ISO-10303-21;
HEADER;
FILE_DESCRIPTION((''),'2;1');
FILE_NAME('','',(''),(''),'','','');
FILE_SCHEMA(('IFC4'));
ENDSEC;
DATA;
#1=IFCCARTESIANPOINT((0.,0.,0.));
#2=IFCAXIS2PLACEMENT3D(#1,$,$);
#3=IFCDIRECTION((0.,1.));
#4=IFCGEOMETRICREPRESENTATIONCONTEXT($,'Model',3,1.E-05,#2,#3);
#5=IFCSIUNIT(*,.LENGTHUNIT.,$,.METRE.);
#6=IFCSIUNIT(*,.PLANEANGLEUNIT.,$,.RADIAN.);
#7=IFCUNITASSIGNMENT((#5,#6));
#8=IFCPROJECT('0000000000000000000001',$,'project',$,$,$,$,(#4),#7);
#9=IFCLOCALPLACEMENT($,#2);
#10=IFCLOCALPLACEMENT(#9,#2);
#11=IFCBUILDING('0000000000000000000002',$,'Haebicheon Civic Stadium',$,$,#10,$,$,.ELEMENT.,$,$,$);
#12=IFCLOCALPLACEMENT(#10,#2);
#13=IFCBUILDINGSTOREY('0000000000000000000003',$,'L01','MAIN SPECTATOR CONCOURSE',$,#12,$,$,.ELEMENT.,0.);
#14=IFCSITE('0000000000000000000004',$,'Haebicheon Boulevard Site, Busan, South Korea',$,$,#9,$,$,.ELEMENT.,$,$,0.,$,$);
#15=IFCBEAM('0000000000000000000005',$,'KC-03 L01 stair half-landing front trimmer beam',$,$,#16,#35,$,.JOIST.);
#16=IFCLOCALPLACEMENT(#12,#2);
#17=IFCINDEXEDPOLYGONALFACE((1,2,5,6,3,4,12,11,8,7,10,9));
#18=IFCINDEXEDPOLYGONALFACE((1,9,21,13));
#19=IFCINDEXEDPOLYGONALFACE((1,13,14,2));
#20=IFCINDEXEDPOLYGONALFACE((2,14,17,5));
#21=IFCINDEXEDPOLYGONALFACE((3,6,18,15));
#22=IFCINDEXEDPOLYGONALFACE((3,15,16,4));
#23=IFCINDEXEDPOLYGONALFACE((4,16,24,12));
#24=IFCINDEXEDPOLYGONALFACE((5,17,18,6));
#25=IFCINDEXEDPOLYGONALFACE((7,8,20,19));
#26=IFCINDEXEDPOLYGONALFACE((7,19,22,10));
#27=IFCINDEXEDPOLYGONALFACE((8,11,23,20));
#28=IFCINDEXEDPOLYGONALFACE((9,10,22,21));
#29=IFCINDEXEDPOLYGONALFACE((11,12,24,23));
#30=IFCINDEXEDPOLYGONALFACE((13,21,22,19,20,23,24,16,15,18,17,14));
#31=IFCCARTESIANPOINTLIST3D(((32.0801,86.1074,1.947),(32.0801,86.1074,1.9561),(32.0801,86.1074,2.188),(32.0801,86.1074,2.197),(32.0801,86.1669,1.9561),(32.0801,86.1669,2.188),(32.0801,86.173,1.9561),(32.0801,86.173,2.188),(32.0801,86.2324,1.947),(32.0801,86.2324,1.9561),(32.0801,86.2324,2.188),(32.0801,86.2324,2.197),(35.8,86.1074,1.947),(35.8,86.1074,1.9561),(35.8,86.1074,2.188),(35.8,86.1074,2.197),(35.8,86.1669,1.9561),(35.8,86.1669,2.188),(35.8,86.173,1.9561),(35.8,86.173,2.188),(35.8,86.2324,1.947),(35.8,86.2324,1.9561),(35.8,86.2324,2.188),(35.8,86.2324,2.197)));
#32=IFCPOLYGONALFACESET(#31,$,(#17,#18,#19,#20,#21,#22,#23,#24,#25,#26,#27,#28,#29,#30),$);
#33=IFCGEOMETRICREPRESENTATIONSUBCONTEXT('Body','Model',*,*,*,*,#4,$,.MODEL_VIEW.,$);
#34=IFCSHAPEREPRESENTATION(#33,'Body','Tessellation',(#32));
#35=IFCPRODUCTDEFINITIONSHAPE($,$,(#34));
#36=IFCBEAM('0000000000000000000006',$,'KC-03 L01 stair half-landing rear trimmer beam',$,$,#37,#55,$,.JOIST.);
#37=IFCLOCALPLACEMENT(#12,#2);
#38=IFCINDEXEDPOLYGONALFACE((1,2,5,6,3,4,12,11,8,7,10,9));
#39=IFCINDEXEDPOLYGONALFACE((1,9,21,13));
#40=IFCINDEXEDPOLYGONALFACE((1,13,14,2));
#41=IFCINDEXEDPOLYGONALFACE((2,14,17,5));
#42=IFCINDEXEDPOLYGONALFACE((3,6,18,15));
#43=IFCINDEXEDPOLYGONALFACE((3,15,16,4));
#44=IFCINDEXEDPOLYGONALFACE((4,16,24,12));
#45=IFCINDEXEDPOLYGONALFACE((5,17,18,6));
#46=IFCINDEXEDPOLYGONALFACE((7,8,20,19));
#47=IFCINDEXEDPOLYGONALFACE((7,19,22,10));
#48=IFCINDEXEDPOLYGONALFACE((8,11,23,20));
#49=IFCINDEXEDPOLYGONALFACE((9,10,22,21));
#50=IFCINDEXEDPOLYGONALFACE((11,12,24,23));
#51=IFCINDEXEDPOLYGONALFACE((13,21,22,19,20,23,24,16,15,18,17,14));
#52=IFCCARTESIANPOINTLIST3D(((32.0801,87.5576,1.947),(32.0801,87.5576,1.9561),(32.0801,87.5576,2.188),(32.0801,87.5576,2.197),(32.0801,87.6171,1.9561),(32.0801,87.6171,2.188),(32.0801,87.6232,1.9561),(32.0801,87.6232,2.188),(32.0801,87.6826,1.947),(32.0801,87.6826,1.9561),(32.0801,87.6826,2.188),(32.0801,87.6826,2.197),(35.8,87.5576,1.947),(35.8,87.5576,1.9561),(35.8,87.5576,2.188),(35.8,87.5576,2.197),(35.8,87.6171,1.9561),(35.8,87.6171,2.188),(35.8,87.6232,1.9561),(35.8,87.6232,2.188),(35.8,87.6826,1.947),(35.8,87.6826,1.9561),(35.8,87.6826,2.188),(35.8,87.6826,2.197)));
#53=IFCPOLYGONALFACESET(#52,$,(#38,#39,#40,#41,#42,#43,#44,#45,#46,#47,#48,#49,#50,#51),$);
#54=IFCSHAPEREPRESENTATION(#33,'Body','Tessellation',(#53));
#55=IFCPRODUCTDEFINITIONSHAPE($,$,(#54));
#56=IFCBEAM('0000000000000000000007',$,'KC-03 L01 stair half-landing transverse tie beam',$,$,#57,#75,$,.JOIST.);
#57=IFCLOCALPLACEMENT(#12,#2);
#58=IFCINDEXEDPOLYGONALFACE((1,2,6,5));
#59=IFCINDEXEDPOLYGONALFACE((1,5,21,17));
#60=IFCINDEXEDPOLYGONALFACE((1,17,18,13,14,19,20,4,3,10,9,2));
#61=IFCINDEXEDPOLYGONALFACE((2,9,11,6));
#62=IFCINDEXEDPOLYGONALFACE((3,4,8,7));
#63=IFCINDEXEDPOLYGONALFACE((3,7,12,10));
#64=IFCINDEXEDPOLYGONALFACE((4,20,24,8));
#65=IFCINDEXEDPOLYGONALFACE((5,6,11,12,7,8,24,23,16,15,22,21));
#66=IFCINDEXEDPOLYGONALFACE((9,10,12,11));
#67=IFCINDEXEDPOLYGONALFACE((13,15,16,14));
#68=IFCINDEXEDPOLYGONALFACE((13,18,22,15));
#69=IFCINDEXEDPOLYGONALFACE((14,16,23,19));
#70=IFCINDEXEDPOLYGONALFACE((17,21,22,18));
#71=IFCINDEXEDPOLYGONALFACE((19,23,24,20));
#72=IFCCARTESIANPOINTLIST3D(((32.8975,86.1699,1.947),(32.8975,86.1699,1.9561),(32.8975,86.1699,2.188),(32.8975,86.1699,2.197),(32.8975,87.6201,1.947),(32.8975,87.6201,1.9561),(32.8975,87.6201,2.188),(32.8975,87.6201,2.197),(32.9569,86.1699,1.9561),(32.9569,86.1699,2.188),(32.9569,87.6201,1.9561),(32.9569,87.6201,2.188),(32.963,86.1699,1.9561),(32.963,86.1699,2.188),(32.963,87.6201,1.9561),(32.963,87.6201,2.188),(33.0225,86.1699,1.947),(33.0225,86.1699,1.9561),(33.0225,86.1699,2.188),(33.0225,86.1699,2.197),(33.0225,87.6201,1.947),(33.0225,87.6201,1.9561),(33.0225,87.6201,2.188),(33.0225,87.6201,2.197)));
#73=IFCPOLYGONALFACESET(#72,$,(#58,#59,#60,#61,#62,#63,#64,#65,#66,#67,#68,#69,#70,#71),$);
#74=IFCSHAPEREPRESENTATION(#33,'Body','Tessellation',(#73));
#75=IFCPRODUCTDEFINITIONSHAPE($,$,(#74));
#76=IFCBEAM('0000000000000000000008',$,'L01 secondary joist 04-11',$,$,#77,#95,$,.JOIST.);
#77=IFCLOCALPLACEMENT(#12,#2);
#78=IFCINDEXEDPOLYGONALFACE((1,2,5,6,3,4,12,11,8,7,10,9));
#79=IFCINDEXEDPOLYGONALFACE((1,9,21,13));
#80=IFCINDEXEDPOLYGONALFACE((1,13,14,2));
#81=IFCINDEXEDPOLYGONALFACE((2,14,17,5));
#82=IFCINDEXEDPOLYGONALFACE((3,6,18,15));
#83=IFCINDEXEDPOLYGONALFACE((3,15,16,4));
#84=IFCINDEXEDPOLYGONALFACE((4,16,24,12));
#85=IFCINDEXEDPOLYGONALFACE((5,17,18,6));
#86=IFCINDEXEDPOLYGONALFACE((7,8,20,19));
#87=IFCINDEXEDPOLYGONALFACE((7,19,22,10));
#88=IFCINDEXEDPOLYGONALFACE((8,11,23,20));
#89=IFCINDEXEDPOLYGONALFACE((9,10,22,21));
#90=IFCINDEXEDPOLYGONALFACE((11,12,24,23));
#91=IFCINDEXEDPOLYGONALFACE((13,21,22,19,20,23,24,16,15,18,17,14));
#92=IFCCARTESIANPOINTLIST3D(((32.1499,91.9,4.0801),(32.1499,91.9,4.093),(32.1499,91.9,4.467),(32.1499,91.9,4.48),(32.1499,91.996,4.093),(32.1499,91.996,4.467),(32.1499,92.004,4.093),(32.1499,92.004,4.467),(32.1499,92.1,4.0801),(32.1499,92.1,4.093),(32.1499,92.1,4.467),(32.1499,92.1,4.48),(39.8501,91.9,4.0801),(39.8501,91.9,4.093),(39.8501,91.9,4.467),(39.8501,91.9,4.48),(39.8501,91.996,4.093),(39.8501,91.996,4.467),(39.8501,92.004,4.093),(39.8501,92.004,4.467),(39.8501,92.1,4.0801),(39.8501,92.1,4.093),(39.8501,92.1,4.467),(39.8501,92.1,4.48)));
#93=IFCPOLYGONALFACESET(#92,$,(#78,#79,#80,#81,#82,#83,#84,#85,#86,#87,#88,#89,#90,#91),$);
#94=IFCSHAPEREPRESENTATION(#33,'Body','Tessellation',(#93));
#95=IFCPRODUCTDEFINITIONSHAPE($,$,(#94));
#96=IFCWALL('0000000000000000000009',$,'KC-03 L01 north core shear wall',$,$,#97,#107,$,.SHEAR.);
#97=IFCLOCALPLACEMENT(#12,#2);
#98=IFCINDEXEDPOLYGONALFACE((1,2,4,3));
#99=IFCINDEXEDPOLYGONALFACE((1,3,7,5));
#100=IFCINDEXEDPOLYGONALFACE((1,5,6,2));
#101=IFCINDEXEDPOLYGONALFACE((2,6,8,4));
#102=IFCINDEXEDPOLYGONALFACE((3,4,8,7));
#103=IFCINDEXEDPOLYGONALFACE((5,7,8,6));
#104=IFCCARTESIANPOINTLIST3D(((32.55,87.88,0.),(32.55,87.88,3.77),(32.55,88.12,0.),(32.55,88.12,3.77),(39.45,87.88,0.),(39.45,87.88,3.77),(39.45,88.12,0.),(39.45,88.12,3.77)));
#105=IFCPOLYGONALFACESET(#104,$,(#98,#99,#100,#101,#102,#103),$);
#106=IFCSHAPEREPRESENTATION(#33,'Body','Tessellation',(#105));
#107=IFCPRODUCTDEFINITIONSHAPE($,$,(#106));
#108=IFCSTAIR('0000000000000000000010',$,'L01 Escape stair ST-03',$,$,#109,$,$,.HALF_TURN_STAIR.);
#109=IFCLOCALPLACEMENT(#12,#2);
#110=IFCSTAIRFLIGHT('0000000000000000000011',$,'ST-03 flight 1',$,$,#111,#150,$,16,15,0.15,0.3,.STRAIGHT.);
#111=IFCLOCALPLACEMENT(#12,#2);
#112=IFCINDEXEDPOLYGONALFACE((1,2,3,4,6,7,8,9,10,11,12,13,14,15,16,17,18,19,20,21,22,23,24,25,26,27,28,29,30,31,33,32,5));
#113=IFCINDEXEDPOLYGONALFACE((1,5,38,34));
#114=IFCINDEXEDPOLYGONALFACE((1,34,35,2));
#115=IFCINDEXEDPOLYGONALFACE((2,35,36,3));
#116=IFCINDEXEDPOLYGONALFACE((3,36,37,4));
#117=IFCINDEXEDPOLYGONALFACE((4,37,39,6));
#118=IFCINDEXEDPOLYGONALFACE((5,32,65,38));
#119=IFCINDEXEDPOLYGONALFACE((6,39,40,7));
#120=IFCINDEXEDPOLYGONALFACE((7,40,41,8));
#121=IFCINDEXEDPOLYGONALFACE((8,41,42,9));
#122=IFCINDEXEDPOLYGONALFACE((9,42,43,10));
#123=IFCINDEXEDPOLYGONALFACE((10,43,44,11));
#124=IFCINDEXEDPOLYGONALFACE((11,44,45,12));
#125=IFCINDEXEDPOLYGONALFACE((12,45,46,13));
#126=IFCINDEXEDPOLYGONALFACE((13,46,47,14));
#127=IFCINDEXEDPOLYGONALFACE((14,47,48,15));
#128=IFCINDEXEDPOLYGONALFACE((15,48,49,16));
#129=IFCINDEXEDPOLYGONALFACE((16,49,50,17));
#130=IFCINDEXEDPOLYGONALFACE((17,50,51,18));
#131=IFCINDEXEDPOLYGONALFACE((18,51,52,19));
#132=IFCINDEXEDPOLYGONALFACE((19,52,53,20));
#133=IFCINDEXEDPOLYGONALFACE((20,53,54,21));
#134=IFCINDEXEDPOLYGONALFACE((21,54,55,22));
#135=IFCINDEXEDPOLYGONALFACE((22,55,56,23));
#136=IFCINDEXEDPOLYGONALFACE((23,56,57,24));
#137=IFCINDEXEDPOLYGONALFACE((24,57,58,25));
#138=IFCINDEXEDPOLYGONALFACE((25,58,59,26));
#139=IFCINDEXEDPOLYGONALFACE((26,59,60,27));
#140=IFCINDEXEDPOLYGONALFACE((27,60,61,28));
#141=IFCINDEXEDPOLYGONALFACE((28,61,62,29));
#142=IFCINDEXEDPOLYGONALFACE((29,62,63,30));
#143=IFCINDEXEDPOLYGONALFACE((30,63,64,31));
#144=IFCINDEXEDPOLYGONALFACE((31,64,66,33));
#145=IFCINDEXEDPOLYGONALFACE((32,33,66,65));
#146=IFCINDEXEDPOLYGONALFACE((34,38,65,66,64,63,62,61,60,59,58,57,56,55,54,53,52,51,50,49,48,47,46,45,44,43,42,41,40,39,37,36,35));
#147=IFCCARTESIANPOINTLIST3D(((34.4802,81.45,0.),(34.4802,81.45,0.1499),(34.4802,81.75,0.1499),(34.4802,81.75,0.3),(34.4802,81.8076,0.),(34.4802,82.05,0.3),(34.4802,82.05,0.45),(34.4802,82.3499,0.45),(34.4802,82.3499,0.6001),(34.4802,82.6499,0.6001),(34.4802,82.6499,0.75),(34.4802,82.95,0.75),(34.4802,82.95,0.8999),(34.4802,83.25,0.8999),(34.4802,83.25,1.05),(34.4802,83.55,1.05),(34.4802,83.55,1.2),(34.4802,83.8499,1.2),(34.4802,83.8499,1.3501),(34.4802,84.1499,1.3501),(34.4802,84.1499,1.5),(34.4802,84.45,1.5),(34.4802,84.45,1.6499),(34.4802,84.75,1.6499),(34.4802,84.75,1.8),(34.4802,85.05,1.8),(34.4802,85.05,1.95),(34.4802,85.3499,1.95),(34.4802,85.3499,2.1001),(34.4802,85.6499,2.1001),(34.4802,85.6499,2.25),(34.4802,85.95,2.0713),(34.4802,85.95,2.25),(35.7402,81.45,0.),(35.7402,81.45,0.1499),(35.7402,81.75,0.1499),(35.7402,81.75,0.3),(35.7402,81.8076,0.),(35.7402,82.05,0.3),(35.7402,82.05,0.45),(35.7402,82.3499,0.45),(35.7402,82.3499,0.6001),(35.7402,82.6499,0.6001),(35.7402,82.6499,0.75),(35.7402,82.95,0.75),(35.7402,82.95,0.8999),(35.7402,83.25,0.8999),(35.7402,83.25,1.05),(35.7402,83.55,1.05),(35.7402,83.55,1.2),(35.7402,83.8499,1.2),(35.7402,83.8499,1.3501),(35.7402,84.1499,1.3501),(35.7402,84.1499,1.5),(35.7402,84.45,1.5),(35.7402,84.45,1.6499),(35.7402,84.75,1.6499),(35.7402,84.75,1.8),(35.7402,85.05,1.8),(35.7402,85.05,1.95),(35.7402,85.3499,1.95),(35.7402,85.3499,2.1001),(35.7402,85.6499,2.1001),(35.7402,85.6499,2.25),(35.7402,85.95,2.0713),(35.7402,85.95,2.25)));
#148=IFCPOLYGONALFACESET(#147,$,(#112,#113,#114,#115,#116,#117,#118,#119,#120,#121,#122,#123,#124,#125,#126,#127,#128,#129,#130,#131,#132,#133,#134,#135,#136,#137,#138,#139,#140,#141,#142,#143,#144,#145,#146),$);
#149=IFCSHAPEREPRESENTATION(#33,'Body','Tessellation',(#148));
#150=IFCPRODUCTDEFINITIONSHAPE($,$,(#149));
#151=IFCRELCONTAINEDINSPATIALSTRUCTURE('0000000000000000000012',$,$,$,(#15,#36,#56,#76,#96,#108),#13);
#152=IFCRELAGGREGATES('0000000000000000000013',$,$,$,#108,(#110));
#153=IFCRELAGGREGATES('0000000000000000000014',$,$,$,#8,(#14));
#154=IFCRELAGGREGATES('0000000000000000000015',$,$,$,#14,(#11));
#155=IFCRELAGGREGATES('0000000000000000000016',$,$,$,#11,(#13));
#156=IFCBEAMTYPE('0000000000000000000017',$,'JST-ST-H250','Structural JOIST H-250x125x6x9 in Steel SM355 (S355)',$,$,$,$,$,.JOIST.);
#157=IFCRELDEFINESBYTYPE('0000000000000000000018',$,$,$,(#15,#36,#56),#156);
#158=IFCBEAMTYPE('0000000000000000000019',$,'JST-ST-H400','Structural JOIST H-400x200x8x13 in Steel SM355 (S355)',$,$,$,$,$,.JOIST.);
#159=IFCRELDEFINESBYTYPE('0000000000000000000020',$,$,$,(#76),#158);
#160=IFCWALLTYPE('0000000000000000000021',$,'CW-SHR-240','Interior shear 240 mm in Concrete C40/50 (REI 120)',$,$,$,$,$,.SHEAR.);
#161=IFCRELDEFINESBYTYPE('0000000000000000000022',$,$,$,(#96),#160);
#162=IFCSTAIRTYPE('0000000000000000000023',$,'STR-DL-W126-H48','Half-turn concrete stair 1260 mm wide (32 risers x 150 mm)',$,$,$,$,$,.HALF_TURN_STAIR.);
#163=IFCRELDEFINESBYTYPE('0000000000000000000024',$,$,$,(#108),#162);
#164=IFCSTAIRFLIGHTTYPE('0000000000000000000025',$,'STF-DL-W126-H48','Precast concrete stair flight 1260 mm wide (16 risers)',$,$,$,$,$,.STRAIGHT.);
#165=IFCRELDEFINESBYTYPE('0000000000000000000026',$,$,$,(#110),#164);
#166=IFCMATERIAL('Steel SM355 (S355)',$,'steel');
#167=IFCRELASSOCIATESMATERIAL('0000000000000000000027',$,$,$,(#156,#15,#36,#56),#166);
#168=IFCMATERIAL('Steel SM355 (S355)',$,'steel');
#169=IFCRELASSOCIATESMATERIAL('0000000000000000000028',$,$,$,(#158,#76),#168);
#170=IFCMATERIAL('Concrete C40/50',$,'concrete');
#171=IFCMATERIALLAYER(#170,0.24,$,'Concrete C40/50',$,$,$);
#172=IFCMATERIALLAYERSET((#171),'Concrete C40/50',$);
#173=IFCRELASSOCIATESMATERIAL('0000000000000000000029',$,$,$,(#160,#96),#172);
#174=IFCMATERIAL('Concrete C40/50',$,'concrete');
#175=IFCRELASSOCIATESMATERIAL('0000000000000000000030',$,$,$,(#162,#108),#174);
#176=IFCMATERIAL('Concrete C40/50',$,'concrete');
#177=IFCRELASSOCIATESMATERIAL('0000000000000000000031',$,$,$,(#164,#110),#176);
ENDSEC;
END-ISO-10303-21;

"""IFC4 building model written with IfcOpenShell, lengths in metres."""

from ifc_helpers import new_model, si_unit, direction, frame, frame_2d, origin, origin_2d, place, context, subcontext, project, spatial, polyline, rectangle, i_section, outline, extrude, material, layer, layer_set, material_profile, profile_set, type_object, element, aggregate, save


model = new_model("IFC4")

# Units and contexts
model_context = context("Model", 3, precision=1e-05, world=origin(), true_north=direction((0.0, 1.0)))
body_context = subcontext(model_context, "Body", "Model", "MODEL_VIEW")
ifc_project = project(units=[si_unit("LENGTHUNIT", "METRE"), si_unit("PLANEANGLEUNIT", "RADIAN")], contexts=[model_context])

# Site, building, storey
site_placement = place(None, origin())
site = spatial("IfcSite", under=ifc_project, at=site_placement, Name="Haebicheon Boulevard Site, Busan, South Korea", CompositionType="ELEMENT", RefElevation=0.0)
building_placement = place(site_placement, origin())
building = spatial("IfcBuilding", under=site, at=building_placement, Name="Haebicheon Civic Stadium", CompositionType="ELEMENT")
storey_placement = place(building_placement, origin())
storey = spatial("IfcBuildingStorey", under=building, at=storey_placement, Name="L01", Description="MAIN SPECTATOR CONCOURSE", CompositionType="ELEMENT", Elevation=0.0)

# Beams
ifc_material_1 = material(Name="Steel SM355 (S355)", Category="steel")
ifc_material_profile_1 = material_profile(ifc_material_1, i_section(OverallWidth=0.125, OverallDepth=0.25, WebThickness=0.0061, FlangeThickness=0.009, at=origin_2d()), Name="H-250x125x6x9")
ifc_profile_set_1 = profile_set([ifc_material_profile_1], Name="Steel SM355 (S355)")
beam_type_1 = type_object("IfcBeamType", Name="JST-ST-H250", Description="Structural JOIST H-250x125x6x9 in Steel SM355 (S355)", PredefinedType="JOIST", material=ifc_profile_set_1)
for number, where, z_axis, x_axis, name in (
    (1, (32.0801, 86.1699, 2.072), (1.0, 0.0, 0.0), (0.0, 1.0, 0.0), "KC-03 L01 stair half-landing front trimmer beam"),
    (2, (32.0801, 87.6201, 2.072), (1.0, 0.0, 0.0), (0.0, 1.0, 0.0), "KC-03 L01 stair half-landing rear trimmer beam"),
):
    element("IfcBeam", number, at=place(storey_placement, frame(where, z_axis=z_axis, x_axis=x_axis)), inside=storey, type_object=beam_type_1, material=ifc_profile_set_1, Name=name, PredefinedType="JOIST", context=body_context, shape_type="SweptSolid", body=[
        extrude(i_section(OverallWidth=0.125, OverallDepth=0.25, WebThickness=0.0061, FlangeThickness=0.009, at=origin_2d()), origin(), (0.0, 0.0, 1.0), 3.72),
    ])
beam_1_placement = place(storey_placement, frame((32.96, 86.1699, 2.072), z_axis=(0.0, 1.0, 0.0), x_axis=(-1.0, 0.0, 0.0)))
element("IfcBeam", 3, at=beam_1_placement, inside=storey, type_object=beam_type_1, material=ifc_profile_set_1, Name="KC-03 L01 stair half-landing transverse tie beam", PredefinedType="JOIST", context=body_context, shape_type="SweptSolid", body=[
    extrude(i_section(OverallWidth=0.125, OverallDepth=0.25, WebThickness=0.0061, FlangeThickness=0.009, at=origin_2d()), origin(), (0.0, 0.0, 1.0), 1.4502),
])
ifc_material_2 = material(Name="Steel SM355 (S355)", Category="steel")
ifc_material_profile_2 = material_profile(ifc_material_2, i_section(OverallWidth=0.2, OverallDepth=0.3999, WebThickness=0.0081, FlangeThickness=0.0129, at=origin_2d()), Name="H-400x200x8x13")
ifc_profile_set_2 = profile_set([ifc_material_profile_2], Name="Steel SM355 (S355)")
beam_type_2 = type_object("IfcBeamType", Name="JST-ST-H400", Description="Structural JOIST H-400x200x8x13 in Steel SM355 (S355)", PredefinedType="JOIST", material=ifc_profile_set_2)
beam_2_placement = place(storey_placement, frame((32.1499, 92.0, 4.28), z_axis=(1.0, 0.0, 0.0), x_axis=(0.0, 1.0, 0.0)))
element("IfcBeam", 4, at=beam_2_placement, inside=storey, type_object=beam_type_2, material=ifc_profile_set_2, Name="L01 secondary joist 04-11", PredefinedType="JOIST", context=body_context, shape_type="SweptSolid", body=[
    extrude(i_section(OverallWidth=0.2, OverallDepth=0.3999, WebThickness=0.0081, FlangeThickness=0.0129, at=origin_2d()), origin(), (0.0, 0.0, 1.0), 7.7002),
])

# Wall
ifc_material_3 = material(Name="Concrete C40/50", Category="concrete")
ifc_layer_1 = layer(ifc_material_3, 0.24, Name="Concrete C40/50")
ifc_layer_set_1 = layer_set([ifc_layer_1], Name="Concrete C40/50")
wall_type = type_object("IfcWallType", Name="CW-SHR-240", Description="Interior shear 240 mm in Concrete C40/50 (REI 120)", PredefinedType="SHEAR", material=ifc_layer_set_1)
wall_1_placement = place(storey_placement, frame((32.55, 88.0, 0.0), z_axis=(0.0, 0.0, 1.0), x_axis=(1.0, 0.0, 0.0)))
element("IfcWall", 5, at=wall_1_placement, inside=storey, type_object=wall_type, material=ifc_layer_set_1, Name="KC-03 L01 north core shear wall", PredefinedType="SHEAR", context=body_context, shape_type="SweptSolid", body=[
    extrude(rectangle(XDim=6.8999, YDim=0.24, at=frame_2d((3.45, 0.0))), origin(), (0.0, 0.0, 1.0), 3.77),
])

# Stair, stair flight
ifc_material_4 = material(Name="Concrete C40/50", Category="concrete")
stair_type = type_object("IfcStairType", Name="STR-DL-W126-H48", Description="Half-turn concrete stair 1260 mm wide (32 risers x 150 mm)", PredefinedType="HALF_TURN_STAIR", material=ifc_material_4)
stair_placement = place(storey_placement, origin())
stair = element("IfcStair", 6, at=stair_placement, inside=storey, type_object=stair_type, material=ifc_material_4, Name="L01 Escape stair ST-03", PredefinedType="HALF_TURN_STAIR")
ifc_material_5 = material(Name="Concrete C40/50", Category="concrete")
stair_flight_type = type_object("IfcStairFlightType", Name="STF-DL-W126-H48", Description="Precast concrete stair flight 1260 mm wide (16 risers)", PredefinedType="STRAIGHT", material=ifc_material_5)
stair_flight_1_placement = place(storey_placement, frame((35.1101, 81.45, 0.0), z_axis=(0.0, 0.0, 1.0), x_axis=(0.0, 1.0, 0.0)))
stair_flight_1 = element("IfcStairFlight", 7, at=stair_flight_1_placement, type_object=stair_flight_type, material=ifc_material_5, Name="ST-03 flight 1", NumberOfRisers=16, NumberOfTreads=15, PredefinedType="STRAIGHT", RiserHeight=0.15, TreadLength=0.3, context=body_context, shape_type="SweptSolid", body=[
    extrude(outline(polyline([(0.0, 0.0), (0.0, 0.1499), (0.3, 0.1499), (0.3, 0.3), (0.6001, 0.3), (0.6001, 0.45), (0.8999, 0.45), (0.8999, 0.6001), (1.2, 0.6001), (1.2, 0.75), (1.5, 0.75), (1.5, 0.8999), (1.8, 0.8999), (1.8, 1.05), (2.1001, 1.05), (2.1001, 1.2), (2.3999, 1.2), (2.3999, 1.3501), (2.7, 1.3501), (2.7, 1.5), (3.0, 1.5), (3.0, 1.6499), (3.3, 1.6499), (3.3, 1.8), (3.6001, 1.8), (3.6001, 1.95), (3.8999, 1.95), (3.8999, 2.1001), (4.2, 2.1001), (4.2, 2.25), (4.5, 2.25), (4.5, 2.3999), (4.5, 2.0713), (0.3577, 0.0), (0.0, 0.0)])), frame((0.0, 0.6299, 0.0), z_axis=(0.0, -1.0, 0.0), x_axis=(1.0, 0.0, 0.0)), (0.0, 0.0, 1.0), 1.26),
])
aggregate(stair, [stair_flight_1])

save(model, "model.ifc")
